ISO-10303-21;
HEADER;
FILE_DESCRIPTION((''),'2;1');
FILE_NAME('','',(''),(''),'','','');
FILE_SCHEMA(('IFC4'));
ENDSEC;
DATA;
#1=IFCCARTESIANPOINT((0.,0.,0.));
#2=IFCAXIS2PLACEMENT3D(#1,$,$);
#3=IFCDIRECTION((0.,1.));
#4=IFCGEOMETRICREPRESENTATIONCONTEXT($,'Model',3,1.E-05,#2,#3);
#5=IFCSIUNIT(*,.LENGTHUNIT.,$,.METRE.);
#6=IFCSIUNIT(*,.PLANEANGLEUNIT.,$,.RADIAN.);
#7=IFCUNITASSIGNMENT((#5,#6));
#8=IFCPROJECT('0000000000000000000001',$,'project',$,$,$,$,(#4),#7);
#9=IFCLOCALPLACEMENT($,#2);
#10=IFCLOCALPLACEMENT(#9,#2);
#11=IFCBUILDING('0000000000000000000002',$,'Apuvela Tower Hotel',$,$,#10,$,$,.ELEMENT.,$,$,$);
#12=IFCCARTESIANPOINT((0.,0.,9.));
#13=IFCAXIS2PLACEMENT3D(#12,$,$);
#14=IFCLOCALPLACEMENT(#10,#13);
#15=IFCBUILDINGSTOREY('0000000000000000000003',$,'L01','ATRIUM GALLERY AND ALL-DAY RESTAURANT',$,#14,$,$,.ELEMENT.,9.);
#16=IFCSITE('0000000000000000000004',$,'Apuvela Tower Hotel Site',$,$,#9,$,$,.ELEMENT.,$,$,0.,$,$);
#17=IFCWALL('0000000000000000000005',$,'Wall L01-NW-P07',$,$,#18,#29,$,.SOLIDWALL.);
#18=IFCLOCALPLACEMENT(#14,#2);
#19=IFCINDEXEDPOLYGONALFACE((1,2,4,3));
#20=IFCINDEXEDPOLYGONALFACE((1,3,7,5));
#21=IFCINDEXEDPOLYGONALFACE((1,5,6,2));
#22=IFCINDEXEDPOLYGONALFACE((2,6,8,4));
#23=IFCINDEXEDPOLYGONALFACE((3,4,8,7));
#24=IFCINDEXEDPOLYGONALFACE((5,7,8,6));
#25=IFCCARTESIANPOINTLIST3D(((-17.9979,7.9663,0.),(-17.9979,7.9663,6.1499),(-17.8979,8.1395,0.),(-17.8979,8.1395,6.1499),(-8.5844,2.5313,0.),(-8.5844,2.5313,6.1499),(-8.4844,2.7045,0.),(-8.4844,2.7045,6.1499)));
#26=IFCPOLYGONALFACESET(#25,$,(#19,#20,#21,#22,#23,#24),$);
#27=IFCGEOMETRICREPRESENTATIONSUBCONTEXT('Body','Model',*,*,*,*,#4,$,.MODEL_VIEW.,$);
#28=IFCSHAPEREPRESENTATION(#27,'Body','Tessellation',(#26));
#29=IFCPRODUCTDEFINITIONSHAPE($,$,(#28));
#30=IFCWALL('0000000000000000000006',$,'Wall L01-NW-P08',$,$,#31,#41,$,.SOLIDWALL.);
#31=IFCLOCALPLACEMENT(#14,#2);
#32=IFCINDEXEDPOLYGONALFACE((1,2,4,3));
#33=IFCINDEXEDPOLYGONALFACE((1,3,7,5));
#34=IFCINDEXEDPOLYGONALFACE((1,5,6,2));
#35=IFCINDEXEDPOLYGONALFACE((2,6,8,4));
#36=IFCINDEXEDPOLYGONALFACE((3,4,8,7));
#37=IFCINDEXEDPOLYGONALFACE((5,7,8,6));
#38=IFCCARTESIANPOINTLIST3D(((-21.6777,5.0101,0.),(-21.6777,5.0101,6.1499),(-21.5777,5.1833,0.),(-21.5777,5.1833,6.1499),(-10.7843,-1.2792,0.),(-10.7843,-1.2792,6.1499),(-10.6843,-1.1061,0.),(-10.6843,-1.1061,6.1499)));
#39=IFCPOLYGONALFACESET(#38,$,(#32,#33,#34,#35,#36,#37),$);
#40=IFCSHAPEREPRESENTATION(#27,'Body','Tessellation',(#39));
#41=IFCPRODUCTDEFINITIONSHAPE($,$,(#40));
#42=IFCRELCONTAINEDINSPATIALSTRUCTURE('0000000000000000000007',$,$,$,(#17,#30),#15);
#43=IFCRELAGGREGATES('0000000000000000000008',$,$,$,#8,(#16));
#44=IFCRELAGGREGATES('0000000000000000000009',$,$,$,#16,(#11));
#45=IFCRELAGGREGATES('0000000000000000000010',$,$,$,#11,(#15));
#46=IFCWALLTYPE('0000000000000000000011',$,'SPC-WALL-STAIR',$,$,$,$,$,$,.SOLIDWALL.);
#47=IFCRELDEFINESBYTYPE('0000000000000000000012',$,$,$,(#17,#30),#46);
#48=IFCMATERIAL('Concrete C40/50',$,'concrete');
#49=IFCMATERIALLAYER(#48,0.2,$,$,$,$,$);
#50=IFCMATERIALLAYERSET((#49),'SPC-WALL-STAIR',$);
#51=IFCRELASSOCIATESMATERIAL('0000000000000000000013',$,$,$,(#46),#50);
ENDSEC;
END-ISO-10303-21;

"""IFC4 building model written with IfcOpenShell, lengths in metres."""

from ifc_helpers import new_model, si_unit, direction, frame, frame_2d, origin, place, context, subcontext, project, spatial, rectangle, extrude, material, layer, layer_set, type_object, element, save


model = new_model("IFC4")

# Units and contexts
model_context = context("Model", 3, precision=1e-05, world=origin(), true_north=direction((0.0, 1.0)))
body_context = subcontext(model_context, "Body", "Model", "MODEL_VIEW")
ifc_project = project(units=[si_unit("LENGTHUNIT", "METRE"), si_unit("PLANEANGLEUNIT", "RADIAN")], contexts=[model_context])

# Site, building, storey
site_placement = place(None, origin())
site = spatial("IfcSite", under=ifc_project, at=site_placement, Name="Apuvela Tower Hotel Site", CompositionType="ELEMENT", RefElevation=0.0)
building_placement = place(site_placement, origin())
building = spatial("IfcBuilding", under=site, at=building_placement, Name="Apuvela Tower Hotel", CompositionType="ELEMENT")
storey_placement = place(building_placement, frame((0.0, 0.0, 9.0)))
storey = spatial("IfcBuildingStorey", under=building, at=storey_placement, Name="L01", Description="ATRIUM GALLERY AND ALL-DAY RESTAURANT", CompositionType="ELEMENT", Elevation=9.0)

# Walls
ifc_material_1 = material(Name="Concrete C40/50", Category="concrete")
ifc_layer_1 = layer(ifc_material_1, 0.2)
ifc_layer_set_1 = layer_set([ifc_layer_1], Name="SPC-WALL-STAIR")
wall_type_1 = type_object("IfcWallType", Name="SPC-WALL-STAIR", PredefinedType="SOLIDWALL", material=ifc_layer_set_1)
wall_1_placement = place(storey_placement, frame((-17.948, 8.053, 0.0), z_axis=(0.0, 0.0, 1.0), x_axis=(0.86602, -0.500009, 0.0)))
element("IfcWall", 1, at=wall_1_placement, inside=storey, type_object=wall_type_1, Name="Wall L01-NW-P07", PredefinedType="SOLIDWALL", context=body_context, shape_type="SweptSolid", body=[
    extrude(rectangle(XDim=10.8699, YDim=0.2, at=frame_2d((5.4351, 0.0))), origin(), (0.0, 0.0, 1.0), 6.1499),
])
wall_2_placement = place(storey_placement, frame((-21.6277, 5.0967, 0.0), z_axis=(0.0, 0.0, 1.0), x_axis=(0.866024, -0.500003, 0.0)))
element("IfcWall", 2, at=wall_2_placement, inside=storey, type_object=wall_type_1, Name="Wall L01-NW-P08", PredefinedType="SOLIDWALL", context=body_context, shape_type="SweptSolid", body=[
    extrude(rectangle(XDim=12.5786, YDim=0.2, at=frame_2d((6.2893, 0.0))), origin(), (0.0, 0.0, 1.0), 6.1499),
])

save(model, "model.ifc")
